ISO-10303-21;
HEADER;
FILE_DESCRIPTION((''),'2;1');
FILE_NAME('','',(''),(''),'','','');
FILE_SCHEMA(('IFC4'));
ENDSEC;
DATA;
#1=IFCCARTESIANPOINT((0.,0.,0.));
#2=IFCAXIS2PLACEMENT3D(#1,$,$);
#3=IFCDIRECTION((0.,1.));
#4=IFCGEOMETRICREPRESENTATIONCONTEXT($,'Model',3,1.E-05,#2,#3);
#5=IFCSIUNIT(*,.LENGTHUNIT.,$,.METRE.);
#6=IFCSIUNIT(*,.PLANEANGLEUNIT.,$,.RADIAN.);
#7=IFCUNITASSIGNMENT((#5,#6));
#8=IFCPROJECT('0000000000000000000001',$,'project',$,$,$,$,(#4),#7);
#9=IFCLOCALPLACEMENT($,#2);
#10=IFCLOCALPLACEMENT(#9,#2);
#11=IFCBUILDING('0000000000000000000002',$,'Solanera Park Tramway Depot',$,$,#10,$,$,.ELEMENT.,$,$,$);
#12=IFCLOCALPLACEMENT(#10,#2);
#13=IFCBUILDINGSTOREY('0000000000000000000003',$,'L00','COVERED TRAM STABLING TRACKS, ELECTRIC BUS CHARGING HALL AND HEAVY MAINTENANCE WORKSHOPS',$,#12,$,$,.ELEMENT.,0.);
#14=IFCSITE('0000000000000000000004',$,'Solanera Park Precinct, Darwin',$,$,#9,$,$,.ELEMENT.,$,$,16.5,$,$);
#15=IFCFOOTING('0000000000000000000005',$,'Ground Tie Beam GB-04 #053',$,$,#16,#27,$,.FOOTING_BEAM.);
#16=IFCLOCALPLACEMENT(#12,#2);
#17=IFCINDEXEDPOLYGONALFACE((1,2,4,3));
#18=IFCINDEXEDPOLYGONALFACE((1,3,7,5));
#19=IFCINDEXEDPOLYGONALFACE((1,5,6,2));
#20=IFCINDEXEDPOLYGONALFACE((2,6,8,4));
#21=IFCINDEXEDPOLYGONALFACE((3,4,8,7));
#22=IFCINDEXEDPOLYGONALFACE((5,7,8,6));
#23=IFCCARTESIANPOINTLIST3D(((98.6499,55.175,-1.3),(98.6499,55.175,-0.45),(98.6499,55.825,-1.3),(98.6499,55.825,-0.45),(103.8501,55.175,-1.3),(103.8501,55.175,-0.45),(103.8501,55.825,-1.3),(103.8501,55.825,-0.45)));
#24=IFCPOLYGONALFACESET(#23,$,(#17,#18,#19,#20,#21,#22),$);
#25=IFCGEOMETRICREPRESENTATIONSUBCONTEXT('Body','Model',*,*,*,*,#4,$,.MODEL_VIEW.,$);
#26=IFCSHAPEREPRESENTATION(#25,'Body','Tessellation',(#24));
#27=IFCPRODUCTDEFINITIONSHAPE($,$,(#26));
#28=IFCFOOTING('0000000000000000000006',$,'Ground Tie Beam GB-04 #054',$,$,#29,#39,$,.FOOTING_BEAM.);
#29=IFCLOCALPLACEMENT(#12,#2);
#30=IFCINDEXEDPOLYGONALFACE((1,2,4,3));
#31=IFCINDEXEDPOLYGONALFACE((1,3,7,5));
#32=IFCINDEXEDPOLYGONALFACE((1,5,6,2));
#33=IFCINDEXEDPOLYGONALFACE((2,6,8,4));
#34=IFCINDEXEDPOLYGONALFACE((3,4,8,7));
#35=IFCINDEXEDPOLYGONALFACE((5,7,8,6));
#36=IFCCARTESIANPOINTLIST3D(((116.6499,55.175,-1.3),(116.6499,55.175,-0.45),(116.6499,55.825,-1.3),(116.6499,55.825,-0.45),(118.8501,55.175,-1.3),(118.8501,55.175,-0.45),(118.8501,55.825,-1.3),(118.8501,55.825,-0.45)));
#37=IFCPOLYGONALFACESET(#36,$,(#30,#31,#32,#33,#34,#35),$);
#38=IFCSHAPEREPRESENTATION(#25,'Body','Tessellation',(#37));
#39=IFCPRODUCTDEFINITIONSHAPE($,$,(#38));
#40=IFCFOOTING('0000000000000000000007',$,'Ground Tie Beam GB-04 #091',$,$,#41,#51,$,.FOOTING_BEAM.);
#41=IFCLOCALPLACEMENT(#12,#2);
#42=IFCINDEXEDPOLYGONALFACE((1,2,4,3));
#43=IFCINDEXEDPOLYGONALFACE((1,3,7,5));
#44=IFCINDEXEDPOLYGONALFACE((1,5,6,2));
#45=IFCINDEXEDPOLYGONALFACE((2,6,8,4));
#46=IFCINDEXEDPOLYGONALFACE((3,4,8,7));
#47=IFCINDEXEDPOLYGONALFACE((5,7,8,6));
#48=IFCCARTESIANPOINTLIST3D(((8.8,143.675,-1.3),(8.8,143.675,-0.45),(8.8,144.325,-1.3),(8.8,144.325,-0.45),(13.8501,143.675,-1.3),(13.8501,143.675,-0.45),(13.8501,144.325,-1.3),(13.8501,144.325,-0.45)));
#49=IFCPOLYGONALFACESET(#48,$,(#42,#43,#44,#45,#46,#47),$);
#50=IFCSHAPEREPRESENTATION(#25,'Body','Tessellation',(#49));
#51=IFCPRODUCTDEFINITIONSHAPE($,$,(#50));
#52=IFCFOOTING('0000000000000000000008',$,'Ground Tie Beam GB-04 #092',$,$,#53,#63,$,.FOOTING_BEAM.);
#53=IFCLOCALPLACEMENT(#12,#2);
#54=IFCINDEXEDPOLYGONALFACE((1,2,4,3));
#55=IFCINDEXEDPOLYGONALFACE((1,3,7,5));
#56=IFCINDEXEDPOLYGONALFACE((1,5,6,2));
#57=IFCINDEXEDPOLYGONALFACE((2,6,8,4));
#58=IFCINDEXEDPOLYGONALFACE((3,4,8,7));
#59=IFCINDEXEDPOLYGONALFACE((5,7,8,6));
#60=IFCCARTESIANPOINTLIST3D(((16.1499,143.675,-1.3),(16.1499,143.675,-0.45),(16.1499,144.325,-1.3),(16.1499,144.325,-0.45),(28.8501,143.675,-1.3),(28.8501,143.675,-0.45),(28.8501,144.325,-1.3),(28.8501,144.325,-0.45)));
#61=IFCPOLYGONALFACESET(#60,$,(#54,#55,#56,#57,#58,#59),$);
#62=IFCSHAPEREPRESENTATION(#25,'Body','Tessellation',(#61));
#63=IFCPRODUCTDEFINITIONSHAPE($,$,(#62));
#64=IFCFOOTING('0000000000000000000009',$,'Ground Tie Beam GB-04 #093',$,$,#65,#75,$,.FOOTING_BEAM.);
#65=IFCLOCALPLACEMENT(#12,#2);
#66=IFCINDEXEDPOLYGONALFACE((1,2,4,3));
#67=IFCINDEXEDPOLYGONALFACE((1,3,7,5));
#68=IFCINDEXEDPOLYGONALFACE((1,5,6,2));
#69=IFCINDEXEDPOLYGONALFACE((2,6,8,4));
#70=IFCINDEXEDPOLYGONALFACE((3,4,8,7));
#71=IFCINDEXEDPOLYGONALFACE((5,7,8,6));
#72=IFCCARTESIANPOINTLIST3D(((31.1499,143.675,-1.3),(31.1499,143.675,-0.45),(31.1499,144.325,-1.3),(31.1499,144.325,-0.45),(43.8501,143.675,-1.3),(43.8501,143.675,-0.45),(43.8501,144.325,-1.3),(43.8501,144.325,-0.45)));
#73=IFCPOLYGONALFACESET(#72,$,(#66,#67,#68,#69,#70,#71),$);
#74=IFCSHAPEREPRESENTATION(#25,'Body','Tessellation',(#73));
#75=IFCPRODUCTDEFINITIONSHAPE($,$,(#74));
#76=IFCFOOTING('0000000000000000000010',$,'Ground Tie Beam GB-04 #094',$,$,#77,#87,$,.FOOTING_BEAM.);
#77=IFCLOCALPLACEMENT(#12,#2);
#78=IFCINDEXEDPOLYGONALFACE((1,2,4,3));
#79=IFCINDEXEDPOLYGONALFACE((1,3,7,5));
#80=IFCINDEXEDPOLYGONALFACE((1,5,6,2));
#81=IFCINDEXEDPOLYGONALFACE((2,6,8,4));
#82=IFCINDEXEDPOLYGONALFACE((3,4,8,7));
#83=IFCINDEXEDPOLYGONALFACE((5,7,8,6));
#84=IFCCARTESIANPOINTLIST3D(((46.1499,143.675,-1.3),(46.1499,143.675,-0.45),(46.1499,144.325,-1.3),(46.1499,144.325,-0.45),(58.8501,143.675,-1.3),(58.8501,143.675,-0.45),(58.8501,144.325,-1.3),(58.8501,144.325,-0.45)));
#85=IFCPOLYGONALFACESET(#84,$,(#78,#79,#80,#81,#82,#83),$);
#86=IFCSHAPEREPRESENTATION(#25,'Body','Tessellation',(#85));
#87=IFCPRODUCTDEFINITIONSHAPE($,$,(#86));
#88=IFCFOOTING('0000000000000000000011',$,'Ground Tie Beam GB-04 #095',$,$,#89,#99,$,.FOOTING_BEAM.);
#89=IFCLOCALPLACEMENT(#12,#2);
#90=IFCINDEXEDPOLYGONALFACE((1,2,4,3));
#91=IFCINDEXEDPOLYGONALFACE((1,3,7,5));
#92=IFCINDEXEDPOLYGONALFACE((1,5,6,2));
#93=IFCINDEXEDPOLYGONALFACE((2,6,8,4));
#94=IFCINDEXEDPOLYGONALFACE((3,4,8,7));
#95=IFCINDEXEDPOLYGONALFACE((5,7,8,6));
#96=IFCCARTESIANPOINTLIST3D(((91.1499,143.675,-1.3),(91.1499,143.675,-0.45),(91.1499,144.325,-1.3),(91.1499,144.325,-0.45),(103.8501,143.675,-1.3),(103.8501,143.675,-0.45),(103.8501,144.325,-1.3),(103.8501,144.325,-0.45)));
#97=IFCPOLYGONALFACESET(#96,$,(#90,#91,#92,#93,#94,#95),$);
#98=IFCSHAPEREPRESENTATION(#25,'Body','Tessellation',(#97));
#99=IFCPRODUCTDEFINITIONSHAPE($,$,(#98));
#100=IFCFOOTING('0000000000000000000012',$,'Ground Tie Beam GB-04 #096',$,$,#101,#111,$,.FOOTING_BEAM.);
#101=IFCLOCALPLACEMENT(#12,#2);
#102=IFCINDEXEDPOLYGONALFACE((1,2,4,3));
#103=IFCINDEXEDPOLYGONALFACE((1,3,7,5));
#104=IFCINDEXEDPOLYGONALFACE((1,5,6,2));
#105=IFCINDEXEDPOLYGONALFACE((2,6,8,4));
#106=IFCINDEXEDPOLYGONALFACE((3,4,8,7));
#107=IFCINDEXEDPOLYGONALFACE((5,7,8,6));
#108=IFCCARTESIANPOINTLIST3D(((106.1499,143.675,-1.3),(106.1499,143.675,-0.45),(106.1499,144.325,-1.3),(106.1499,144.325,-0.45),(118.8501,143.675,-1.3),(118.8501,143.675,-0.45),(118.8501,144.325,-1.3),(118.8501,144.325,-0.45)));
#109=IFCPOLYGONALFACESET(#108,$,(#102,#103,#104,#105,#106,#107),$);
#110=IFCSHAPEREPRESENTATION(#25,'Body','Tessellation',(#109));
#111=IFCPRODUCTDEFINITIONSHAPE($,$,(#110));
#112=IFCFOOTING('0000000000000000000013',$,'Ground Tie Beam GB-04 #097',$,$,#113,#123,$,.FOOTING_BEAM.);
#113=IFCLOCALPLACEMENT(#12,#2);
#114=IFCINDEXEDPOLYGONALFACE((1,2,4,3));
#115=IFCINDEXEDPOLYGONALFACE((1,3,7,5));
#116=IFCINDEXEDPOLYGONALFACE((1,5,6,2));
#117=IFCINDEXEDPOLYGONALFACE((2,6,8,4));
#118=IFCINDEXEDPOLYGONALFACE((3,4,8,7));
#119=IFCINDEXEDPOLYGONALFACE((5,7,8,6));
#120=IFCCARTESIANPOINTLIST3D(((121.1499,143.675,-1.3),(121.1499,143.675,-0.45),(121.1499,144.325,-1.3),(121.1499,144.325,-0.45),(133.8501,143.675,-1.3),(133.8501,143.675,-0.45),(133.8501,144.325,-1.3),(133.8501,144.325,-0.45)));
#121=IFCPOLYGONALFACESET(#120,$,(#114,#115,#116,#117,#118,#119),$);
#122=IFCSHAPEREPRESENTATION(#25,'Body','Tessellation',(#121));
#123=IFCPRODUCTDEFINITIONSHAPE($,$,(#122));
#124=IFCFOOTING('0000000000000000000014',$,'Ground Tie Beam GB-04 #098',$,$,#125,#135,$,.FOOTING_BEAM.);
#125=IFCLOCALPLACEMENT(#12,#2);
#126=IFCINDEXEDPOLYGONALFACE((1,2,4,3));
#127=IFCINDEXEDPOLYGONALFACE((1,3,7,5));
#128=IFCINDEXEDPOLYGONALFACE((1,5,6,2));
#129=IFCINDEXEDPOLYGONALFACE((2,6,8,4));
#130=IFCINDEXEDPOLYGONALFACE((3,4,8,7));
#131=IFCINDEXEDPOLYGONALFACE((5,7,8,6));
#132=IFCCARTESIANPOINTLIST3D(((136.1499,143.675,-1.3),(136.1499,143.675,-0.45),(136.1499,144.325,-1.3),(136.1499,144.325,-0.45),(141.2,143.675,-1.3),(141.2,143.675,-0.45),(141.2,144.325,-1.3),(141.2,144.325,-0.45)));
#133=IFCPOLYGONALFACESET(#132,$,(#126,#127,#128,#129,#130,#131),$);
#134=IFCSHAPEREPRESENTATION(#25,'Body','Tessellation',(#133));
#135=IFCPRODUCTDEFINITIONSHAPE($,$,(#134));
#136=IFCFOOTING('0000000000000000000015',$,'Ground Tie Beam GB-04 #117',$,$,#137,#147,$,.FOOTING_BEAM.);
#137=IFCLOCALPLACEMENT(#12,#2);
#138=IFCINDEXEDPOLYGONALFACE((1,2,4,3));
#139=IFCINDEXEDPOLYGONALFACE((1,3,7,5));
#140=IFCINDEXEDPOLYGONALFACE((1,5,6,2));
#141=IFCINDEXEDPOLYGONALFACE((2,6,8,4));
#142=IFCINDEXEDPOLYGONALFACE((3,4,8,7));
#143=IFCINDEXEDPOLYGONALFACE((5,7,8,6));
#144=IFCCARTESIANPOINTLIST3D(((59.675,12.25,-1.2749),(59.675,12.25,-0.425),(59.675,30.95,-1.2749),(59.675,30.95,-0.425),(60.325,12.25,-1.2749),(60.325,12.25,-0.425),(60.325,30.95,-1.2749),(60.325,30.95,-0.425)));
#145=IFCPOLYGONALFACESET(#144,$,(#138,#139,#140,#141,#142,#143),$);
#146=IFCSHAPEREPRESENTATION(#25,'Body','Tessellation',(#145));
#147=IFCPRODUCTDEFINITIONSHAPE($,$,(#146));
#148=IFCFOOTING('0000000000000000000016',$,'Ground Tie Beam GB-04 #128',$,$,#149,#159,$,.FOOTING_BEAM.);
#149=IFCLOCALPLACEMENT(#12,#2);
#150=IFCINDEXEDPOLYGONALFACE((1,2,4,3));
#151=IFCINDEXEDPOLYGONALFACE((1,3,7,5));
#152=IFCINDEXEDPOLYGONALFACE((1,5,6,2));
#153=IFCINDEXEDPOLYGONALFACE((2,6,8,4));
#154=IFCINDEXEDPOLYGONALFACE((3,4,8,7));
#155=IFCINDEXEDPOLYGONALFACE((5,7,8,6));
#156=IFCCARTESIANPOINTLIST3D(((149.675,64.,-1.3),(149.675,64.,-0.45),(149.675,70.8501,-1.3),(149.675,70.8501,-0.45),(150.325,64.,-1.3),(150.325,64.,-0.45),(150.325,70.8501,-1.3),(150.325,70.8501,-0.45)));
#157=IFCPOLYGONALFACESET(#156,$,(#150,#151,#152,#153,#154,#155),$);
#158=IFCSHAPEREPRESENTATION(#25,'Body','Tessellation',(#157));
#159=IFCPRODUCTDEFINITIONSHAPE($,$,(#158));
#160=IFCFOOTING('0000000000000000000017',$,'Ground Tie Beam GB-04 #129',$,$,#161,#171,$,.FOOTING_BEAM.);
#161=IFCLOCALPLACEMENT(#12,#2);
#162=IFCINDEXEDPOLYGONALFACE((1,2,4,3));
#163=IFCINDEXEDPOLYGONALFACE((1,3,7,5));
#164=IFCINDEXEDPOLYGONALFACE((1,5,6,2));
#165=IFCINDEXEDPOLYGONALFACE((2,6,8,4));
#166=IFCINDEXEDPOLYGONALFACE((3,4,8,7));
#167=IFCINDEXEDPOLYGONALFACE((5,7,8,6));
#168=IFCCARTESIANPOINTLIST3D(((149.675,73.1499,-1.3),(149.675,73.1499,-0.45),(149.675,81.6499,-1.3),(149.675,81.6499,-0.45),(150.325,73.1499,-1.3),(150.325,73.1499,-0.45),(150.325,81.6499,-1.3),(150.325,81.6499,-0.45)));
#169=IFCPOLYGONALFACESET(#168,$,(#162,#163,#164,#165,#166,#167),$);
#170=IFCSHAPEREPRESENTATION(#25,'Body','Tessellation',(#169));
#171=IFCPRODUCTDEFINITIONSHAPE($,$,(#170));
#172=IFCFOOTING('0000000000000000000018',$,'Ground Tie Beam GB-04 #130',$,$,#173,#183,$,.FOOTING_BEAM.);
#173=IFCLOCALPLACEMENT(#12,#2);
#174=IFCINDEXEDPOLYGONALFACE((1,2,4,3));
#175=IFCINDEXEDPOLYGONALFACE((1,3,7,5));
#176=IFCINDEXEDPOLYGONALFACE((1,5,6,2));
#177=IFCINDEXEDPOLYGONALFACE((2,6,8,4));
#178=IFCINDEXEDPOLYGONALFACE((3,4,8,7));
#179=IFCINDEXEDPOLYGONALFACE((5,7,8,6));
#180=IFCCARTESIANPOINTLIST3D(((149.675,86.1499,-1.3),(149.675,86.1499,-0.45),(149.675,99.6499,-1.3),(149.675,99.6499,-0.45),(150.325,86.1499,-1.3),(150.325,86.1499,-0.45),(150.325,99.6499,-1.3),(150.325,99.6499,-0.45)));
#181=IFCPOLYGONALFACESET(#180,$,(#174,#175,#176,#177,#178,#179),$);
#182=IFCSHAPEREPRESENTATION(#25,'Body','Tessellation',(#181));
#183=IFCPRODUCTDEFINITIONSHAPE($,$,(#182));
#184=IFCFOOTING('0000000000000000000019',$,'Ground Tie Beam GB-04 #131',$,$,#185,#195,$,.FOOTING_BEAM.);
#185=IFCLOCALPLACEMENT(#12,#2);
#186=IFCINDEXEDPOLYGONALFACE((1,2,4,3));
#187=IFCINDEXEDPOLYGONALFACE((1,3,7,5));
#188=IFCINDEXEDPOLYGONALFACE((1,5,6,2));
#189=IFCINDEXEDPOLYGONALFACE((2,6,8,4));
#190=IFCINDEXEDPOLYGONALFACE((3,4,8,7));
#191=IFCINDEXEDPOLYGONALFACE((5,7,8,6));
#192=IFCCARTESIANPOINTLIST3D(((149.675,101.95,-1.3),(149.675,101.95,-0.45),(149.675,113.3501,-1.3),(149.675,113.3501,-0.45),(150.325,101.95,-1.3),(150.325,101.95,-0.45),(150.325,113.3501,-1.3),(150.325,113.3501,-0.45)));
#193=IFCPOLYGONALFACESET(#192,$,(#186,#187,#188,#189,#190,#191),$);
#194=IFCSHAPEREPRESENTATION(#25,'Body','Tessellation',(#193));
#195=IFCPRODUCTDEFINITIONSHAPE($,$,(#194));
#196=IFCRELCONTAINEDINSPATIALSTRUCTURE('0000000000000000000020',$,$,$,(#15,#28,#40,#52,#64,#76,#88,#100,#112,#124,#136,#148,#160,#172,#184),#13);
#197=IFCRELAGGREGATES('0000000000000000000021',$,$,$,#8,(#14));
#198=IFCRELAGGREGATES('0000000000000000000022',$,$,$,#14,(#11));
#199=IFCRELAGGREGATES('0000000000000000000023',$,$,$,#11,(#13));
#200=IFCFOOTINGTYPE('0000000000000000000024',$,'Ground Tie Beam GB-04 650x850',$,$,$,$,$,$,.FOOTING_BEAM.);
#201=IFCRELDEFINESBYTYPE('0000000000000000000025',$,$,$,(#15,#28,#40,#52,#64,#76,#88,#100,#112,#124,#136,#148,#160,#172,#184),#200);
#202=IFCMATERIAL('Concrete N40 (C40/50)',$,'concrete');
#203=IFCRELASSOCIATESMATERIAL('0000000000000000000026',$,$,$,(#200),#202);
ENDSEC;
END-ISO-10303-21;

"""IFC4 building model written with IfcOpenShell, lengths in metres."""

from ifc_helpers import new_model, si_unit, direction, frame, origin, place, context, subcontext, project, spatial, polyline, outline, extrude, material, type_object, element, save


model = new_model("IFC4")

# Units and contexts
model_context = context("Model", 3, precision=1e-05, world=origin(), true_north=direction((0.0, 1.0)))
body_context = subcontext(model_context, "Body", "Model", "MODEL_VIEW")
ifc_project = project(units=[si_unit("LENGTHUNIT", "METRE"), si_unit("PLANEANGLEUNIT", "RADIAN")], contexts=[model_context])

# Site, building, storey
site_placement = place(None, origin())
site = spatial("IfcSite", under=ifc_project, at=site_placement, Name="Solanera Park Precinct, Darwin", CompositionType="ELEMENT", RefElevation=16.5)
building_placement = place(site_placement, origin())
building = spatial("IfcBuilding", under=site, at=building_placement, Name="Solanera Park Tramway Depot", CompositionType="ELEMENT")
storey_placement = place(building_placement, origin())
storey = spatial("IfcBuildingStorey", under=building, at=storey_placement, Name="L00", Description="COVERED TRAM STABLING TRACKS, ELECTRIC BUS CHARGING HALL AND HEAVY MAINTENANCE WORKSHOPS", CompositionType="ELEMENT", Elevation=0.0)

# Footings
ifc_material_1 = material(Name="Concrete N40 (C40/50)", Category="concrete")
footing_type_1 = type_object("IfcFootingType", Name="Ground Tie Beam GB-04 650x850", PredefinedType="FOOTING_BEAM", material=ifc_material_1)
footing_1_placement = place(storey_placement, frame((0.0, 0.0, -1.3)))
element("IfcFooting", 1, at=footing_1_placement, inside=storey, type_object=footing_type_1, Name="Ground Tie Beam GB-04 #053", PredefinedType="FOOTING_BEAM", context=body_context, shape_type="SweptSolid", body=[
    extrude(outline(polyline([(103.8501, 55.175), (103.8501, 55.825), (98.6499, 55.825), (98.6499, 55.175), (103.8501, 55.175)])), origin(), (0.0, 0.0, 1.0), 0.8501),
])
footing_2_placement = place(storey_placement, frame((0.0, 0.0, -1.3)))
element("IfcFooting", 2, at=footing_2_placement, inside=storey, type_object=footing_type_1, Name="Ground Tie Beam GB-04 #054", PredefinedType="FOOTING_BEAM", context=body_context, shape_type="SweptSolid", body=[
    extrude(outline(polyline([(118.8501, 55.175), (118.8501, 55.825), (116.6499, 55.825), (116.6499, 55.175), (118.8501, 55.175)])), origin(), (0.0, 0.0, 1.0), 0.8501),
])
footing_3_placement = place(storey_placement, frame((0.0, 0.0, -1.3)))
element("IfcFooting", 3, at=footing_3_placement, inside=storey, type_object=footing_type_1, Name="Ground Tie Beam GB-04 #091", PredefinedType="FOOTING_BEAM", context=body_context, shape_type="SweptSolid", body=[
    extrude(outline(polyline([(13.8501, 143.675), (13.8501, 144.325), (8.8, 144.325), (8.8, 143.675), (13.8501, 143.675)])), origin(), (0.0, 0.0, 1.0), 0.8501),
])
footing_4_placement = place(storey_placement, frame((0.0, 0.0, -1.3)))
element("IfcFooting", 4, at=footing_4_placement, inside=storey, type_object=footing_type_1, Name="Ground Tie Beam GB-04 #092", PredefinedType="FOOTING_BEAM", context=body_context, shape_type="SweptSolid", body=[
    extrude(outline(polyline([(28.8501, 143.675), (28.8501, 144.325), (16.1499, 144.325), (16.1499, 143.675), (28.8501, 143.675)])), origin(), (0.0, 0.0, 1.0), 0.8501),
])
footing_5_placement = place(storey_placement, frame((0.0, 0.0, -1.3)))
element("IfcFooting", 5, at=footing_5_placement, inside=storey, type_object=footing_type_1, Name="Ground Tie Beam GB-04 #093", PredefinedType="FOOTING_BEAM", context=body_context, shape_type="SweptSolid", body=[
    extrude(outline(polyline([(43.8501, 143.675), (43.8501, 144.325), (31.1499, 144.325), (31.1499, 143.675), (43.8501, 143.675)])), origin(), (0.0, 0.0, 1.0), 0.8501),
])
footing_6_placement = place(storey_placement, frame((0.0, 0.0, -1.3)))
element("IfcFooting", 6, at=footing_6_placement, inside=storey, type_object=footing_type_1, Name="Ground Tie Beam GB-04 #094", PredefinedType="FOOTING_BEAM", context=body_context, shape_type="SweptSolid", body=[
    extrude(outline(polyline([(58.8501, 143.675), (58.8501, 144.325), (46.1499, 144.325), (46.1499, 143.675), (58.8501, 143.675)])), origin(), (0.0, 0.0, 1.0), 0.8501),
])
footing_7_placement = place(storey_placement, frame((0.0, 0.0, -1.3)))
element("IfcFooting", 7, at=footing_7_placement, inside=storey, type_object=footing_type_1, Name="Ground Tie Beam GB-04 #095", PredefinedType="FOOTING_BEAM", context=body_context, shape_type="SweptSolid", body=[
    extrude(outline(polyline([(103.8501, 143.675), (103.8501, 144.325), (91.1499, 144.325), (91.1499, 143.675), (103.8501, 143.675)])), origin(), (0.0, 0.0, 1.0), 0.8501),
])
footing_8_placement = place(storey_placement, frame((0.0, 0.0, -1.3)))
element("IfcFooting", 8, at=footing_8_placement, inside=storey, type_object=footing_type_1, Name="Ground Tie Beam GB-04 #096", PredefinedType="FOOTING_BEAM", context=body_context, shape_type="SweptSolid", body=[
    extrude(outline(polyline([(118.8501, 143.675), (118.8501, 144.325), (106.1499, 144.325), (106.1499, 143.675), (118.8501, 143.675)])), origin(), (0.0, 0.0, 1.0), 0.8501),
])
footing_9_placement = place(storey_placement, frame((0.0, 0.0, -1.3)))
element("IfcFooting", 9, at=footing_9_placement, inside=storey, type_object=footing_type_1, Name="Ground Tie Beam GB-04 #097", PredefinedType="FOOTING_BEAM", context=body_context, shape_type="SweptSolid", body=[
    extrude(outline(polyline([(133.8501, 143.675), (133.8501, 144.325), (121.1499, 144.325), (121.1499, 143.675), (133.8501, 143.675)])), origin(), (0.0, 0.0, 1.0), 0.8501),
])
footing_10_placement = place(storey_placement, frame((0.0, 0.0, -1.3)))
element("IfcFooting", 10, at=footing_10_placement, inside=storey, type_object=footing_type_1, Name="Ground Tie Beam GB-04 #098", PredefinedType="FOOTING_BEAM", context=body_context, shape_type="SweptSolid", body=[
    extrude(outline(polyline([(141.2, 143.675), (141.2, 144.325), (136.1499, 144.325), (136.1499, 143.675), (141.2, 143.675)])), origin(), (0.0, 0.0, 1.0), 0.8501),
])
footing_11_placement = place(storey_placement, frame((0.0, 0.0, -1.2749)))
element("IfcFooting", 11, at=footing_11_placement, inside=storey, type_object=footing_type_1, Name="Ground Tie Beam GB-04 #117", PredefinedType="FOOTING_BEAM", context=body_context, shape_type="SweptSolid", body=[
    extrude(outline(polyline([(60.325, 12.25), (60.325, 30.95), (59.675, 30.95), (59.675, 12.25), (60.325, 12.25)])), origin(), (0.0, 0.0, 1.0), 0.8499),
])
footing_12_placement = place(storey_placement, frame((0.0, 0.0, -1.3)))
element("IfcFooting", 12, at=footing_12_placement, inside=storey, type_object=footing_type_1, Name="Ground Tie Beam GB-04 #128", PredefinedType="FOOTING_BEAM", context=body_context, shape_type="SweptSolid", body=[
    extrude(outline(polyline([(150.325, 64.0), (150.325, 70.8501), (149.675, 70.8501), (149.675, 64.0), (150.325, 64.0)])), origin(), (0.0, 0.0, 1.0), 0.8501),
])
footing_13_placement = place(storey_placement, frame((0.0, 0.0, -1.3)))
element("IfcFooting", 13, at=footing_13_placement, inside=storey, type_object=footing_type_1, Name="Ground Tie Beam GB-04 #129", PredefinedType="FOOTING_BEAM", context=body_context, shape_type="SweptSolid", body=[
    extrude(outline(polyline([(150.325, 73.1499), (150.325, 81.6499), (149.675, 81.6499), (149.675, 73.1499), (150.325, 73.1499)])), origin(), (0.0, 0.0, 1.0), 0.8501),
])
footing_14_placement = place(storey_placement, frame((0.0, 0.0, -1.3)))
element("IfcFooting", 14, at=footing_14_placement, inside=storey, type_object=footing_type_1, Name="Ground Tie Beam GB-04 #130", PredefinedType="FOOTING_BEAM", context=body_context, shape_type="SweptSolid", body=[
    extrude(outline(polyline([(150.325, 86.1499), (150.325, 99.6499), (149.675, 99.6499), (149.675, 86.1499), (150.325, 86.1499)])), origin(), (0.0, 0.0, 1.0), 0.8501),
])
footing_15_placement = place(storey_placement, frame((0.0, 0.0, -1.3)))
element("IfcFooting", 15, at=footing_15_placement, inside=storey, type_object=footing_type_1, Name="Ground Tie Beam GB-04 #131", PredefinedType="FOOTING_BEAM", context=body_context, shape_type="SweptSolid", body=[
    extrude(outline(polyline([(150.325, 101.95), (150.325, 113.3501), (149.675, 113.3501), (149.675, 101.95), (150.325, 101.95)])), origin(), (0.0, 0.0, 1.0), 0.8501),
])

save(model, "model.ifc")
